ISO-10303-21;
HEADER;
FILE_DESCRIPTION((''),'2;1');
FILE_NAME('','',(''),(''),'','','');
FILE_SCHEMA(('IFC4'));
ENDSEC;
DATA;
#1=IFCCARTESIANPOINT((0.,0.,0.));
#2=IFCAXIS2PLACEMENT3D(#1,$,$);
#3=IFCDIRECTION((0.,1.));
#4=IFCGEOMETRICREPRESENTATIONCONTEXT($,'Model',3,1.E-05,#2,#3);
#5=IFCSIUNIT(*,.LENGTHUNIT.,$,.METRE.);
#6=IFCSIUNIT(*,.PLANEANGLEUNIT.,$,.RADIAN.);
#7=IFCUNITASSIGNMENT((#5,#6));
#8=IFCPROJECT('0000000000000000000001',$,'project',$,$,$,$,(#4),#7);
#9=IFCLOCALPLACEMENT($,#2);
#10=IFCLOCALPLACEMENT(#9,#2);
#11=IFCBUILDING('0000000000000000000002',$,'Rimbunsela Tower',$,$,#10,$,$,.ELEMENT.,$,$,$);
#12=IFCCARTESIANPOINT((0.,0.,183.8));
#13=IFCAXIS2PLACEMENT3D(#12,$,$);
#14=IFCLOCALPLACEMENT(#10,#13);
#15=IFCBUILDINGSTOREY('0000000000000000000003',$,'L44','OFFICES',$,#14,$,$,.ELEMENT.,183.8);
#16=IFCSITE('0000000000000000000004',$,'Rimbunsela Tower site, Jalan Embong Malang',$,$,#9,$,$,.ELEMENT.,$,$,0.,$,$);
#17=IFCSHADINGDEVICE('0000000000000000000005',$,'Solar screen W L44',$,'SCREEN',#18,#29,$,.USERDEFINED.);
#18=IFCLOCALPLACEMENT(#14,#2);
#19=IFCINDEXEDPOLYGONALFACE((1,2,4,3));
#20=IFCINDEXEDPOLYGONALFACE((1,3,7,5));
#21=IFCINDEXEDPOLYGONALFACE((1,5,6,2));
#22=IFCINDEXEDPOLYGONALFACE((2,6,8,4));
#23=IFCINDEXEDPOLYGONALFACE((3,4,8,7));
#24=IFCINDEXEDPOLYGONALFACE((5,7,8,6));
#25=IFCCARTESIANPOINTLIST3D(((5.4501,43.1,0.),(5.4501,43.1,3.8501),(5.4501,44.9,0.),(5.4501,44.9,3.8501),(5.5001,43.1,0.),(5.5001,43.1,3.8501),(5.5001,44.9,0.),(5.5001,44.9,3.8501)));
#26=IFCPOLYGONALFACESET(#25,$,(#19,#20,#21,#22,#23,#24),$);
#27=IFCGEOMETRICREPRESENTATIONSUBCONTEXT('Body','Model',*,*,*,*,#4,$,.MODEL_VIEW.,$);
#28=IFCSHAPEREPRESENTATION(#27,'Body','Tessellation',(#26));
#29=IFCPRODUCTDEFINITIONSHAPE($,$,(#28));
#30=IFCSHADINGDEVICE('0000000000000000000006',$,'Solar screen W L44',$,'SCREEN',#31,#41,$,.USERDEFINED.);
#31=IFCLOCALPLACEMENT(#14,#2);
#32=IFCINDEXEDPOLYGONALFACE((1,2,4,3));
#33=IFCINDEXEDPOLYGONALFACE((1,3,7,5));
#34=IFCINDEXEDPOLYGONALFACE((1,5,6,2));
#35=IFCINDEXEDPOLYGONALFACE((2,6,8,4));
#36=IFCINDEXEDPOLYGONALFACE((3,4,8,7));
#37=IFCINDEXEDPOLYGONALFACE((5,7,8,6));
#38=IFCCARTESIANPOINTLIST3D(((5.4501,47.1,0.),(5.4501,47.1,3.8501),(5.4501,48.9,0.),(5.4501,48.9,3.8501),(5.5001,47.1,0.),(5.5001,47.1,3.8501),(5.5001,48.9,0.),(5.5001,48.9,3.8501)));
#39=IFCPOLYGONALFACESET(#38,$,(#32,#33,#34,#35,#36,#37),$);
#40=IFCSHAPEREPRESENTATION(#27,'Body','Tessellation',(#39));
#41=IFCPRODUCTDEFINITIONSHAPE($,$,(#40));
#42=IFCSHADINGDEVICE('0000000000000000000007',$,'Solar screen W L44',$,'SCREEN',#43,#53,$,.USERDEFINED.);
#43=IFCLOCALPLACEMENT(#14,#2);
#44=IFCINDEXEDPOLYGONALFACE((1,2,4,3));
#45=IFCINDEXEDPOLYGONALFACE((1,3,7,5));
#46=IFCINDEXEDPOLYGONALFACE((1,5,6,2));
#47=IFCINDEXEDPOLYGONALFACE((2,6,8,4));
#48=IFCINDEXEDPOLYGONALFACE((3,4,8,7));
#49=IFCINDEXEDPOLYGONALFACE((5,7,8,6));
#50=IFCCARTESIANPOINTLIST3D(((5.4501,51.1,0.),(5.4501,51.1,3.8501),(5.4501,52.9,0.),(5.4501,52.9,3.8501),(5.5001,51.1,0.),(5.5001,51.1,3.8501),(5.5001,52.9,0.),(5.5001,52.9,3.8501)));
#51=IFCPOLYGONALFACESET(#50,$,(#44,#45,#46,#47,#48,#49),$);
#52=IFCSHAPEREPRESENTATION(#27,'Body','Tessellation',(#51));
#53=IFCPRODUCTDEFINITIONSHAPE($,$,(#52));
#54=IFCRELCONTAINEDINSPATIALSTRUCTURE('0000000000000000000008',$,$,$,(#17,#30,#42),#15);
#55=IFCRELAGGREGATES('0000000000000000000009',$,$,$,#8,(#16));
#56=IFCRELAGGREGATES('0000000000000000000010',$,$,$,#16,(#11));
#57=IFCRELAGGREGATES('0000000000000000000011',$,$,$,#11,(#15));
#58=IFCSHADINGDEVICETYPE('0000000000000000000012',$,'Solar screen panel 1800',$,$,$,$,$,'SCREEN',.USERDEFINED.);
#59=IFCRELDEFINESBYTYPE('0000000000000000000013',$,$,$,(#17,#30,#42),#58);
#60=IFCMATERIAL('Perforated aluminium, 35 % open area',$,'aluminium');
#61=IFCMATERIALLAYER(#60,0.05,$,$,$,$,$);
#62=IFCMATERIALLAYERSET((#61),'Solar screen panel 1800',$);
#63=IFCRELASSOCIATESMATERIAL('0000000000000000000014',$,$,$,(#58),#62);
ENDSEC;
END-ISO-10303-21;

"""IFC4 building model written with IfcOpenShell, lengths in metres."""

from ifc_helpers import new_model, si_unit, direction, frame, origin, origin_2d, place, context, subcontext, project, spatial, rectangle, extrude, material, layer, layer_set, type_object, element, save


model = new_model("IFC4")

# Units and contexts
model_context = context("Model", 3, precision=1e-05, world=origin(), true_north=direction((0.0, 1.0)))
body_context = subcontext(model_context, "Body", "Model", "MODEL_VIEW")
ifc_project = project(units=[si_unit("LENGTHUNIT", "METRE"), si_unit("PLANEANGLEUNIT", "RADIAN")], contexts=[model_context])

# Site, building, storey
site_placement = place(None, origin())
site = spatial("IfcSite", under=ifc_project, at=site_placement, Name="Rimbunsela Tower site, Jalan Embong Malang", CompositionType="ELEMENT", RefElevation=0.0)
building_placement = place(site_placement, origin())
building = spatial("IfcBuilding", under=site, at=building_placement, Name="Rimbunsela Tower", CompositionType="ELEMENT")
storey_placement = place(building_placement, frame((0.0, 0.0, 183.8)))
storey = spatial("IfcBuildingStorey", under=building, at=storey_placement, Name="L44", Description="OFFICES", CompositionType="ELEMENT", Elevation=183.8)

# Shading devices
ifc_material_1 = material(Name="Perforated aluminium, 35 % open area", Category="aluminium")
ifc_layer_1 = layer(ifc_material_1, 0.05)
ifc_layer_set_1 = layer_set([ifc_layer_1], Name="Solar screen panel 1800")
shading_device_type = type_object("IfcShadingDeviceType", Name="Solar screen panel 1800", ElementType="SCREEN", PredefinedType="USERDEFINED", material=ifc_layer_set_1)
for number, where, z_axis, x_axis, name in (
    (1, (5.4751, 44.0, 0.0), (0.0, 0.0, 1.0), (0.0, 1.0, 0.0), "Solar screen W L44"),
    (2, (5.4751, 48.0, 0.0), (0.0, 0.0, 1.0), (0.0, 1.0, 0.0), "Solar screen W L44"),
    (3, (5.4751, 52.0, 0.0), (0.0, 0.0, 1.0), (0.0, 1.0, 0.0), "Solar screen W L44"),
):
    element("IfcShadingDevice", number, at=place(storey_placement, frame(where, z_axis=z_axis, x_axis=x_axis)), inside=storey, type_object=shading_device_type, Name=name, ObjectType="SCREEN", PredefinedType="USERDEFINED", context=body_context, shape_type="SweptSolid", body=[
        extrude(rectangle(XDim=1.8, YDim=0.05, at=origin_2d()), origin(), (0.0, 0.0, 1.0), 3.8501),
    ])

save(model, "model.ifc")
